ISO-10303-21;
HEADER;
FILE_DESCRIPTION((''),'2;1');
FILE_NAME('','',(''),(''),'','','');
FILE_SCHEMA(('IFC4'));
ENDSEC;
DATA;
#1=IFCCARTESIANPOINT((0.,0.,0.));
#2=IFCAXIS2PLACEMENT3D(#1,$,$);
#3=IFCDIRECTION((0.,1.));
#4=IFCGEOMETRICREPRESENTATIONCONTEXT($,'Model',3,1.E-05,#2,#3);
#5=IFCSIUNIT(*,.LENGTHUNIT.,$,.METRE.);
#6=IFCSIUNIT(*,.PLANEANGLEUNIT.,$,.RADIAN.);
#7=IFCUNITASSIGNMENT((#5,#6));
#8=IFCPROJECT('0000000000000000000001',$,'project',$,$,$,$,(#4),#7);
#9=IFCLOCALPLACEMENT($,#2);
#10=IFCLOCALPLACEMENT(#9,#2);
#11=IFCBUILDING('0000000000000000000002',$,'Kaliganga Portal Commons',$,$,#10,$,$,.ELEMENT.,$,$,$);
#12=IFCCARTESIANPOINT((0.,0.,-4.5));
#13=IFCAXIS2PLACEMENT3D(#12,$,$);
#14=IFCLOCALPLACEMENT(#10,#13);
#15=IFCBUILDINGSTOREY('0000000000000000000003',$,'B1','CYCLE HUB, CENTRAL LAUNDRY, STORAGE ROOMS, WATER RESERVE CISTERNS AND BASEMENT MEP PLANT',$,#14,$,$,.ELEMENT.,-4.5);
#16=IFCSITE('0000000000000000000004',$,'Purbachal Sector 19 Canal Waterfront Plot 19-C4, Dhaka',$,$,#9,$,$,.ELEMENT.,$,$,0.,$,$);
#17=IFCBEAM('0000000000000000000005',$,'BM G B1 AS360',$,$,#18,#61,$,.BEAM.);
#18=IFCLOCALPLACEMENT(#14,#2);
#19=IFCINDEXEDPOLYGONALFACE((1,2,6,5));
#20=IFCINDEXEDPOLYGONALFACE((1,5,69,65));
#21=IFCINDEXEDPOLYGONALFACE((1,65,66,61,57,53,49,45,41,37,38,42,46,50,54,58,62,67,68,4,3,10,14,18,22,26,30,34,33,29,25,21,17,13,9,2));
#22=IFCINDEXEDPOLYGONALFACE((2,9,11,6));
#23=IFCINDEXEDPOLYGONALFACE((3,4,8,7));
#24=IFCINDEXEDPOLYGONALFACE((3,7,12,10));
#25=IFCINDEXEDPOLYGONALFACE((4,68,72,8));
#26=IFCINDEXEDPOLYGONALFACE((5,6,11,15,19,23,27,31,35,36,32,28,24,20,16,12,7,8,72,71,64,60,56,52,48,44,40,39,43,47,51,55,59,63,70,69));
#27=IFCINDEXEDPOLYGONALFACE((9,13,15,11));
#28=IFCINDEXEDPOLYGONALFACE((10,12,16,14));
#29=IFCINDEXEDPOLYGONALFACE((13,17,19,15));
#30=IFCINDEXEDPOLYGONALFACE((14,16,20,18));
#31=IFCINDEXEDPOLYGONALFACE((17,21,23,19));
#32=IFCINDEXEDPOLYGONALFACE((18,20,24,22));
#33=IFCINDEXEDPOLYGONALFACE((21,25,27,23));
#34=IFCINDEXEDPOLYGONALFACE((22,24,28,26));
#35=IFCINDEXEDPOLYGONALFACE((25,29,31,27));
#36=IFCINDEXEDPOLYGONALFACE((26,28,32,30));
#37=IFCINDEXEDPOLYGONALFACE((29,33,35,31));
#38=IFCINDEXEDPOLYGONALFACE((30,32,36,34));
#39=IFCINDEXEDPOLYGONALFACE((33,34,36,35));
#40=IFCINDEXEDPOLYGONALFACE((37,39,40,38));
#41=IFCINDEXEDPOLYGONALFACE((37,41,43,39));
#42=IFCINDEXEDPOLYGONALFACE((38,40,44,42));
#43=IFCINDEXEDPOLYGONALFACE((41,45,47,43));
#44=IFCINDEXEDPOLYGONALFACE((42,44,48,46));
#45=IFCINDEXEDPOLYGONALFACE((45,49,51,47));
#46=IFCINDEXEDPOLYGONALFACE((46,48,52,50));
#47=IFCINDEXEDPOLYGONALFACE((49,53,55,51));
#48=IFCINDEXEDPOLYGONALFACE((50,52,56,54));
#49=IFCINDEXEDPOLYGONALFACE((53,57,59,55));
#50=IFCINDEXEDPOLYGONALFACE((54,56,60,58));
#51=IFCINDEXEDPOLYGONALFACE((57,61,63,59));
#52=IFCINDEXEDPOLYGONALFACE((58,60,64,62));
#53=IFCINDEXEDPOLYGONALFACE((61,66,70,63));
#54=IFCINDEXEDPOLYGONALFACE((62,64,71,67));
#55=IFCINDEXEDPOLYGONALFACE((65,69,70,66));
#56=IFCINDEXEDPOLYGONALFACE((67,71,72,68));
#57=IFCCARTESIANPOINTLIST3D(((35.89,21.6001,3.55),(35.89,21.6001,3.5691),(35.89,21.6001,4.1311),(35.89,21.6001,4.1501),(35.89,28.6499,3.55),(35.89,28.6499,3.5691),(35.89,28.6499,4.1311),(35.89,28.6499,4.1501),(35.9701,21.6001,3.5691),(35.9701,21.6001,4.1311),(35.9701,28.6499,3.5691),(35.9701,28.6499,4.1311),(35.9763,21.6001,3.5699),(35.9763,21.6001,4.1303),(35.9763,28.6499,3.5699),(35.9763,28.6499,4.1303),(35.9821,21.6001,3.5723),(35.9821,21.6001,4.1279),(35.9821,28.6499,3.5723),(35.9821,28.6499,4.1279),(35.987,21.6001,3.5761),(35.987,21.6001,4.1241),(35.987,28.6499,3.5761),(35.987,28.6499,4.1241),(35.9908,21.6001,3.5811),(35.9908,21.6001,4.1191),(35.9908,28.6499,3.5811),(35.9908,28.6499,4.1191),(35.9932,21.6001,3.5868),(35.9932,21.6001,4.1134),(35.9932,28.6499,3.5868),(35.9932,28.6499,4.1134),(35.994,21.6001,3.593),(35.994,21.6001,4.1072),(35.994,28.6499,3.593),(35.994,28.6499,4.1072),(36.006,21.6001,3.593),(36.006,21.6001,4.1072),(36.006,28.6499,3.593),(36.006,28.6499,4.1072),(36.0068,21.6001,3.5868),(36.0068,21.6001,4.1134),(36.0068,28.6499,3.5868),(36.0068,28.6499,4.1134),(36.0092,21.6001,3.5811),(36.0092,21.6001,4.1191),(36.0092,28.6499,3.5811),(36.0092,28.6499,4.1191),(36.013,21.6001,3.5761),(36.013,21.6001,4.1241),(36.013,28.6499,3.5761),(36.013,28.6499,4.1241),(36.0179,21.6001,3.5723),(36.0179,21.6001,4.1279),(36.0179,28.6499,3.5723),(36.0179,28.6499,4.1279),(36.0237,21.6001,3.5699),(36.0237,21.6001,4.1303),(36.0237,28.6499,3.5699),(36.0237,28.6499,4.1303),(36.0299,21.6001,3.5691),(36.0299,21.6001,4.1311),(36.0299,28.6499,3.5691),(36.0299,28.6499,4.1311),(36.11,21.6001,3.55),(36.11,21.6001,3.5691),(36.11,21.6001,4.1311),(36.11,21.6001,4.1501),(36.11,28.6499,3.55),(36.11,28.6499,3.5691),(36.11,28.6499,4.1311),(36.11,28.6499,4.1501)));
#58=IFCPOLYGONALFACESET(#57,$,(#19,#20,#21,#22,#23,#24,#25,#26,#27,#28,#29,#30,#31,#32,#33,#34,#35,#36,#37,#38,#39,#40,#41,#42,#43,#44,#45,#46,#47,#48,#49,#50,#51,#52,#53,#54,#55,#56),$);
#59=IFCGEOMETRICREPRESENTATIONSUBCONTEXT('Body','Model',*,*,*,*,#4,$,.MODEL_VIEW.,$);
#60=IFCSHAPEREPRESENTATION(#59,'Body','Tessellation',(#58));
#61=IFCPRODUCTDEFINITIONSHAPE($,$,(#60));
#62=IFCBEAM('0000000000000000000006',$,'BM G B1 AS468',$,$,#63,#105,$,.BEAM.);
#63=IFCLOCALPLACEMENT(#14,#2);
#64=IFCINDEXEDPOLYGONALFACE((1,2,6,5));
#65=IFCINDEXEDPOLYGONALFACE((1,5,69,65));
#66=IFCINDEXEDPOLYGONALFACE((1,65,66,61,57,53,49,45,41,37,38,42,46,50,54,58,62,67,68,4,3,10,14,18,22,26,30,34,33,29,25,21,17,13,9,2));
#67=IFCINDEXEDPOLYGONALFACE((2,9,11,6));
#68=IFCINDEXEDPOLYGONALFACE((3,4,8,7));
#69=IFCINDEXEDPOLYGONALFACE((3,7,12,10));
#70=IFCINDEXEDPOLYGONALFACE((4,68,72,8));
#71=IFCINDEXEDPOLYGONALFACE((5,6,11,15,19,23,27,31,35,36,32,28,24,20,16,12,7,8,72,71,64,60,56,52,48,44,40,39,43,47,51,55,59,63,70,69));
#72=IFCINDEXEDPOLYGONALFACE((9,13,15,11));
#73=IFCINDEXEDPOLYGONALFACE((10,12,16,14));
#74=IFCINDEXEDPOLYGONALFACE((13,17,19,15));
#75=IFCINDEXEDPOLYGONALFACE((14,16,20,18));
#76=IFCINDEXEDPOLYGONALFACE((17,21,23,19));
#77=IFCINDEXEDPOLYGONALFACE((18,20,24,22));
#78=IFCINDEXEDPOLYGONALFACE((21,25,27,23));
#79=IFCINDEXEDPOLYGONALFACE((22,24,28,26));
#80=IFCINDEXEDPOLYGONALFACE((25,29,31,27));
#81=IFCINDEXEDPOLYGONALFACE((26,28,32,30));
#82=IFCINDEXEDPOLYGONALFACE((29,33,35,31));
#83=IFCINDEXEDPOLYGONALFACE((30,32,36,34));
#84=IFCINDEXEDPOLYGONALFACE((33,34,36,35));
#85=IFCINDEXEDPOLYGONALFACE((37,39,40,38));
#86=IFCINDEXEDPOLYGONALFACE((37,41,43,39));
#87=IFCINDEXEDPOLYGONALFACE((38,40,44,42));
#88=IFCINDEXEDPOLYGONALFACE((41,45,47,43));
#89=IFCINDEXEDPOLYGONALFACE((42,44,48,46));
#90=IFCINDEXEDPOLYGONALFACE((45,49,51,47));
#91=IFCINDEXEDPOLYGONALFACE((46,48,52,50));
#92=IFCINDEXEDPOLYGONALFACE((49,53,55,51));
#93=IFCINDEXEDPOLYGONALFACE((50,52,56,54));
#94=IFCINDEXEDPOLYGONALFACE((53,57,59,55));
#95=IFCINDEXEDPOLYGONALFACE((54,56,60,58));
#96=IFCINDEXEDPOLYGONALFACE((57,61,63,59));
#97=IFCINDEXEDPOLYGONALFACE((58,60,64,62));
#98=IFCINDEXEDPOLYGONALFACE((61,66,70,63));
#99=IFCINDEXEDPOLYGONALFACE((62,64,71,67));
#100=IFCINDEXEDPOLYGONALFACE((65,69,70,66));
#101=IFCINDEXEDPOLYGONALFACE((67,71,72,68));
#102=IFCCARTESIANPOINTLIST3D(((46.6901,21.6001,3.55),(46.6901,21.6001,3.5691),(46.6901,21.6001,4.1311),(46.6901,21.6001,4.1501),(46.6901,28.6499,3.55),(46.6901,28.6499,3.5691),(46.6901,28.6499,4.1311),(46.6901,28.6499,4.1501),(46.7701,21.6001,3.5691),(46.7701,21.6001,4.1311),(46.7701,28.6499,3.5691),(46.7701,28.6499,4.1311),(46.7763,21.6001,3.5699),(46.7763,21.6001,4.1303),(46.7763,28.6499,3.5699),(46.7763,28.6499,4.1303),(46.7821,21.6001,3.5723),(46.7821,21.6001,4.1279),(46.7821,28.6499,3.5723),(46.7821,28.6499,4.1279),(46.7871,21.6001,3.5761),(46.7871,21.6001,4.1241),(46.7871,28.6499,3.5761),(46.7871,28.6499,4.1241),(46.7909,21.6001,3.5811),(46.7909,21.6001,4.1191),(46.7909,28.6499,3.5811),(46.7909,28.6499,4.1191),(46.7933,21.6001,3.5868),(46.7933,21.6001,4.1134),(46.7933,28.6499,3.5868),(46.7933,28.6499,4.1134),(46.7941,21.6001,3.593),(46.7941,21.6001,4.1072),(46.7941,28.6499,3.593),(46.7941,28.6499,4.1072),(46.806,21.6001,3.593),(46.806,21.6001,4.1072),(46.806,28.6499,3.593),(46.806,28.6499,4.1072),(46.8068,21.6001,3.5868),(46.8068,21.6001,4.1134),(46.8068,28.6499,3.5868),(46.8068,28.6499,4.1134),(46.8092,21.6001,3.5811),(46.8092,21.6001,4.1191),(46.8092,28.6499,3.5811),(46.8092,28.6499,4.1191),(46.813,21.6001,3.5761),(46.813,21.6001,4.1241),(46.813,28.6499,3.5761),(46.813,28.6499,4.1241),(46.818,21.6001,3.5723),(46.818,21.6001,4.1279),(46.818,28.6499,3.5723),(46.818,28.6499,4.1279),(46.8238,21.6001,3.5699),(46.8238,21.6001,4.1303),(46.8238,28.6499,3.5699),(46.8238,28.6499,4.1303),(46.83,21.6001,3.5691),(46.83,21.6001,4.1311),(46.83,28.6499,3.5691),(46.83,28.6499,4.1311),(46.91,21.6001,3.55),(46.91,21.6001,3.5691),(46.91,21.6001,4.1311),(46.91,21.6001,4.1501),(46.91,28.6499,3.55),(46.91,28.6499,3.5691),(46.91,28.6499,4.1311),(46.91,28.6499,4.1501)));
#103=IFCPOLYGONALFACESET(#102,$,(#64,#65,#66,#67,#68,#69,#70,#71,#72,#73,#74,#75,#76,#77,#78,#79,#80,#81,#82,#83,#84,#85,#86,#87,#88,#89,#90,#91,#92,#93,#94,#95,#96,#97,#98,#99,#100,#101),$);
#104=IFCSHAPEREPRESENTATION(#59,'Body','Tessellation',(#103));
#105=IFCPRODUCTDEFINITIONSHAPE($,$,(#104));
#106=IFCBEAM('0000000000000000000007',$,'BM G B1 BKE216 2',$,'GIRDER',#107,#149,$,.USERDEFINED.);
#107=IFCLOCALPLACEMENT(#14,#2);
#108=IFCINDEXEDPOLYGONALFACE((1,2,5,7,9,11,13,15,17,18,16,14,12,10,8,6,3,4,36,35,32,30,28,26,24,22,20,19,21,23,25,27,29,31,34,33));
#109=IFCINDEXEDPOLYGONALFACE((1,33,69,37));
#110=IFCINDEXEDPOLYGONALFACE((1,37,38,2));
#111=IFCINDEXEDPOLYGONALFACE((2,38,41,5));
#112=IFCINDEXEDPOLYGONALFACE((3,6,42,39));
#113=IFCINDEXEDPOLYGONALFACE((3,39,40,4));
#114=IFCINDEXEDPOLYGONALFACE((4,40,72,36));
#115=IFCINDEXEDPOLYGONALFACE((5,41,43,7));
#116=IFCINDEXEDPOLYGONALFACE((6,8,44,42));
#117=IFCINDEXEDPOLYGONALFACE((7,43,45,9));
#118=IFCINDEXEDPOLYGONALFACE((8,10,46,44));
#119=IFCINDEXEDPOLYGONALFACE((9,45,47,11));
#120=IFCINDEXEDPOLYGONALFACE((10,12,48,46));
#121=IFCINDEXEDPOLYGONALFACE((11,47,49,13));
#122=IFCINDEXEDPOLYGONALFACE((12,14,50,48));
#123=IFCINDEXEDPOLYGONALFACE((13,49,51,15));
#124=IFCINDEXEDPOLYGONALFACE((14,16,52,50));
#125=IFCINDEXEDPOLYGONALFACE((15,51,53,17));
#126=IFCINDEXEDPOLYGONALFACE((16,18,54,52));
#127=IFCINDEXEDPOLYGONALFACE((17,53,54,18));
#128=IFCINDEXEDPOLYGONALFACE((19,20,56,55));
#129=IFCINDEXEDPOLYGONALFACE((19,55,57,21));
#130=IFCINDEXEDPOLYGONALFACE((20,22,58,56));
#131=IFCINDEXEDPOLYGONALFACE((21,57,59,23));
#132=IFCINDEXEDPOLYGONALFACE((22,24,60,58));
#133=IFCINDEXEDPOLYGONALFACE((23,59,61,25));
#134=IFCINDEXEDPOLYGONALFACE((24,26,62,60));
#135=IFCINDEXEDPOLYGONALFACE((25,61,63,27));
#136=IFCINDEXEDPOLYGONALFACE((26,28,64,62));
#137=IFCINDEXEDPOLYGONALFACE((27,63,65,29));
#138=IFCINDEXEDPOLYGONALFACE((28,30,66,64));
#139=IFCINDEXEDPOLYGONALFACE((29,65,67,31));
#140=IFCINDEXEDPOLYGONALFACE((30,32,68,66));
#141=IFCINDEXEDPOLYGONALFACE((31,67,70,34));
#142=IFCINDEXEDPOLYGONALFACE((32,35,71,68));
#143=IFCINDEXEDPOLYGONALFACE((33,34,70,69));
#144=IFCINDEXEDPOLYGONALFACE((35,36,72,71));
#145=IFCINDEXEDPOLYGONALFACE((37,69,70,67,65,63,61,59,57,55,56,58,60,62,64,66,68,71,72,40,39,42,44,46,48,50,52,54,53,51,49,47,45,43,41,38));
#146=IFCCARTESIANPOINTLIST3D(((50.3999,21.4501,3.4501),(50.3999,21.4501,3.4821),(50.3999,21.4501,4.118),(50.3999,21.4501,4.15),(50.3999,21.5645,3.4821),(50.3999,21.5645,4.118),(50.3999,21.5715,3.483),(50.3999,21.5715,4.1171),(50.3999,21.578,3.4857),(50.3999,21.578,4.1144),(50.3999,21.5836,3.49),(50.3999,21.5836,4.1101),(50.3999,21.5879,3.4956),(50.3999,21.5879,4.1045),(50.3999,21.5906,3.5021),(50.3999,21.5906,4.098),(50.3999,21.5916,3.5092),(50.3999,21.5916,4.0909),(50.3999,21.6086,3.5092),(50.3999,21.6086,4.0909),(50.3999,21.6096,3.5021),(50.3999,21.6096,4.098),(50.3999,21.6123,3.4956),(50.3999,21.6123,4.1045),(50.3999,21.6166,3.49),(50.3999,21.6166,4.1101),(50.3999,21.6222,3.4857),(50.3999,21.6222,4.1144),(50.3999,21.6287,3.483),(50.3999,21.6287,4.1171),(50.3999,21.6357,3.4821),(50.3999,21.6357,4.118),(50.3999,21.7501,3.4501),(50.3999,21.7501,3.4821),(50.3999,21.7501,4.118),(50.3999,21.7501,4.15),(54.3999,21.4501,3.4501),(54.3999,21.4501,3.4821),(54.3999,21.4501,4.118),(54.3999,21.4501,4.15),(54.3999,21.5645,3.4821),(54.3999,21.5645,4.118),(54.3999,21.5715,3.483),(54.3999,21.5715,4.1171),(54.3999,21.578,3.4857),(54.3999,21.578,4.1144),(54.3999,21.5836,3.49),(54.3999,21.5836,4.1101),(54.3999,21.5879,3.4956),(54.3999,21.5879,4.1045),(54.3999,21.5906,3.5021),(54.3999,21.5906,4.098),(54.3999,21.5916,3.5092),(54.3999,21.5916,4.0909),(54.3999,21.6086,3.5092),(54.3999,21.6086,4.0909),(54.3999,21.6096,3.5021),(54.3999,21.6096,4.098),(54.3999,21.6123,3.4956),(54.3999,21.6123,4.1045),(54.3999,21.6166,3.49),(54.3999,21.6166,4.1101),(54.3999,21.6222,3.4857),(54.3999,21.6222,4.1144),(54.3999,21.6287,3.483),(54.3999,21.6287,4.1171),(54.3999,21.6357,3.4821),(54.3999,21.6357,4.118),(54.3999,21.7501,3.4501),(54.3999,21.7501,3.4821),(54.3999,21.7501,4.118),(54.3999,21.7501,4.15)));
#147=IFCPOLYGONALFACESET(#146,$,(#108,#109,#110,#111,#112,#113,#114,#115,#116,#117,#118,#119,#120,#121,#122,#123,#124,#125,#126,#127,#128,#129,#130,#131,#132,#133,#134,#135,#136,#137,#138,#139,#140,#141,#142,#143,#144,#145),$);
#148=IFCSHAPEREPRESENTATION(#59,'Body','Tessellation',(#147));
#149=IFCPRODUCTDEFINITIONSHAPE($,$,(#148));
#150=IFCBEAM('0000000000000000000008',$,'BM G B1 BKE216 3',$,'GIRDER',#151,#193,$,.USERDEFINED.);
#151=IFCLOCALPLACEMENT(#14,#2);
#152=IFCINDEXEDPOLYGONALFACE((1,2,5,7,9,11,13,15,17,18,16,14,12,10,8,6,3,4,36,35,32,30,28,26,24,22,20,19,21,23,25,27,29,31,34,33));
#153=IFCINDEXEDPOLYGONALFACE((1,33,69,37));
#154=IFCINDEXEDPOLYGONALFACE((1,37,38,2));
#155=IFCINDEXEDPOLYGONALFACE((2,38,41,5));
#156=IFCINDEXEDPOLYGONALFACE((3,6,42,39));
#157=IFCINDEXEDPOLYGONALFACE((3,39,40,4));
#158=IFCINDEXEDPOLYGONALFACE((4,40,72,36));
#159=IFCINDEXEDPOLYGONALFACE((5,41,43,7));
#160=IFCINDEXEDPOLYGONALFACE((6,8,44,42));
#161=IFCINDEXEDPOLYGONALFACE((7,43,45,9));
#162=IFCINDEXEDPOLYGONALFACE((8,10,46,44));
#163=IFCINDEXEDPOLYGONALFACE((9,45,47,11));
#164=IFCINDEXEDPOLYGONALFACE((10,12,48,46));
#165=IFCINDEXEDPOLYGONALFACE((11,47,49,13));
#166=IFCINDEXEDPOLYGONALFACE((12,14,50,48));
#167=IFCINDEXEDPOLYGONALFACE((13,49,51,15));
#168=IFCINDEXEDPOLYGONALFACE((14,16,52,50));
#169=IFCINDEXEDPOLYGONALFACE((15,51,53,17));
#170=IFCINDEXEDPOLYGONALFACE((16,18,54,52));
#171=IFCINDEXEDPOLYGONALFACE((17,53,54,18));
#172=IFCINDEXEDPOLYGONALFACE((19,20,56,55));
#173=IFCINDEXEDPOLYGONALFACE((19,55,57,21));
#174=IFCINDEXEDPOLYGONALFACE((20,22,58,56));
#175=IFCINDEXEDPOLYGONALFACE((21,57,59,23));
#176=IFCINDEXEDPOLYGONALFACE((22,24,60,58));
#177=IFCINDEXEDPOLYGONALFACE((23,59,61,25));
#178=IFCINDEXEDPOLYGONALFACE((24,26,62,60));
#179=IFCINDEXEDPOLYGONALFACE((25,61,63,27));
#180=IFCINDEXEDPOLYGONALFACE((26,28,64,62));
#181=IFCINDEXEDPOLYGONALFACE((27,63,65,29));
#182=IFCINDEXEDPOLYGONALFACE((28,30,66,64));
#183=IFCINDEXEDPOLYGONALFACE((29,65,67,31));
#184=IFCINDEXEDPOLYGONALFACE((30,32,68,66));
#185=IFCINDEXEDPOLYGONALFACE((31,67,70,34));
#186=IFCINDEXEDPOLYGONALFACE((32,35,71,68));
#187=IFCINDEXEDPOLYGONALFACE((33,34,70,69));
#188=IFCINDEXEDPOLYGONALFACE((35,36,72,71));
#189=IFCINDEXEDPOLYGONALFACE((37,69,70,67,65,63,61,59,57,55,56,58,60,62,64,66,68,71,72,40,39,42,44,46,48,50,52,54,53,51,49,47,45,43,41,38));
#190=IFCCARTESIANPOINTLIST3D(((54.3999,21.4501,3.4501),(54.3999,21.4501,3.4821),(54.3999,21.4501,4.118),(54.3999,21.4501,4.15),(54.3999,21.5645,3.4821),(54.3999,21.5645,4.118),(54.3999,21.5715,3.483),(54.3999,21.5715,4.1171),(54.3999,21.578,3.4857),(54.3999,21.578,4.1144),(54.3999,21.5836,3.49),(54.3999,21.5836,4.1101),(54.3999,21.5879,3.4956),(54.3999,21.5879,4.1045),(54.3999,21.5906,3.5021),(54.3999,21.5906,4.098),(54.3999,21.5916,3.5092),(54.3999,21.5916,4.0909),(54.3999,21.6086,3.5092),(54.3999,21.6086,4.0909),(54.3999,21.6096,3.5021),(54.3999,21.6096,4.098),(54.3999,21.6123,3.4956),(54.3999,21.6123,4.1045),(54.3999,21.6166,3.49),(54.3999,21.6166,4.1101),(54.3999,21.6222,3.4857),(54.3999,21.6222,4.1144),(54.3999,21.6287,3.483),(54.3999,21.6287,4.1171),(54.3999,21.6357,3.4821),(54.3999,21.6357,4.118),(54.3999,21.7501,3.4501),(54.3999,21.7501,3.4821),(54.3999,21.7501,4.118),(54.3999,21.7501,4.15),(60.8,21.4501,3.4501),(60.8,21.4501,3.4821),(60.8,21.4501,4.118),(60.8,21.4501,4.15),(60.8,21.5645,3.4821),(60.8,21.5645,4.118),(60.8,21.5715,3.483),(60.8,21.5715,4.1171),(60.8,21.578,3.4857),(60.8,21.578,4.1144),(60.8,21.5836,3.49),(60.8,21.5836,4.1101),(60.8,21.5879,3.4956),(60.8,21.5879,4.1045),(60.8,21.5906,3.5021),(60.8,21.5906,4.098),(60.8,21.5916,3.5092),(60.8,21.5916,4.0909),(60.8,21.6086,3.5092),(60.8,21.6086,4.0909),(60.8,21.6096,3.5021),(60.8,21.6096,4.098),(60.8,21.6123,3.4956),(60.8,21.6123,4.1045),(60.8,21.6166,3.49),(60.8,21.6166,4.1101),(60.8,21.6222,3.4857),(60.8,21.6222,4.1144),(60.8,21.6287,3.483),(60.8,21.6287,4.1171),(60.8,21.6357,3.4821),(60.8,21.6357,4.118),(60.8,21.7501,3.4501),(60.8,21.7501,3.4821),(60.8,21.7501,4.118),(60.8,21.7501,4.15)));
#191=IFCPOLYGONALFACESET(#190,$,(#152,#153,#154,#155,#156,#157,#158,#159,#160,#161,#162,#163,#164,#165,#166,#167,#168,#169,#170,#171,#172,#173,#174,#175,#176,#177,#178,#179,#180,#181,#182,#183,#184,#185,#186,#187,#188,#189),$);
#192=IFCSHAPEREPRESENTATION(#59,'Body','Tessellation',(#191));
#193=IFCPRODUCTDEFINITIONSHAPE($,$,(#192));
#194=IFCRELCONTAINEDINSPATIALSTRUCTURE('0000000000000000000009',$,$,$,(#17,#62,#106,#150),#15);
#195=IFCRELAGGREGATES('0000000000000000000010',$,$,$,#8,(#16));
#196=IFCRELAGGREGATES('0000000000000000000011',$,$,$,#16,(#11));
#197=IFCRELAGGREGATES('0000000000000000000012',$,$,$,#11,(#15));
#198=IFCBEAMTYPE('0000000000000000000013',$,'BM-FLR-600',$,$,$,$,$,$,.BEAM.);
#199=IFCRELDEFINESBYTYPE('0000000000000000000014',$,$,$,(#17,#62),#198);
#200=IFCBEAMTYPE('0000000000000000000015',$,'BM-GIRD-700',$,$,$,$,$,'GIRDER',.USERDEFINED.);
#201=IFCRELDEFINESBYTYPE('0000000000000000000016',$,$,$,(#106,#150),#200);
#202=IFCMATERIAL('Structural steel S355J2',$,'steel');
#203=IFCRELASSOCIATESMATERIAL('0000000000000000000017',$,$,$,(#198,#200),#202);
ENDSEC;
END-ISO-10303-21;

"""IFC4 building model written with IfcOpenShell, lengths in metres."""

from ifc_helpers import new_model, si_unit, direction, frame, origin, origin_2d, place, context, subcontext, project, spatial, i_section, extrude, source, transform, mapped, material, material_profile, profile_set, type_object, element, save


model = new_model("IFC4")

# Units and contexts
model_context = context("Model", 3, precision=1e-05, world=origin(), true_north=direction((0.0, 1.0)))
body_context = subcontext(model_context, "Body", "Model", "MODEL_VIEW")
ifc_project = project(units=[si_unit("LENGTHUNIT", "METRE"), si_unit("PLANEANGLEUNIT", "RADIAN")], contexts=[model_context])

# Site, building, storey
site_placement = place(None, origin())
site = spatial("IfcSite", under=ifc_project, at=site_placement, Name="Purbachal Sector 19 Canal Waterfront Plot 19-C4, Dhaka", CompositionType="ELEMENT", RefElevation=0.0)
building_placement = place(site_placement, origin())
building = spatial("IfcBuilding", under=site, at=building_placement, Name="Kaliganga Portal Commons", CompositionType="ELEMENT")
storey_placement = place(building_placement, frame((0.0, 0.0, -4.5)))
storey = spatial("IfcBuildingStorey", under=building, at=storey_placement, Name="B1", Description="CYCLE HUB, CENTRAL LAUNDRY, STORAGE ROOMS, WATER RESERVE CISTERNS AND BASEMENT MEP PLANT", CompositionType="ELEMENT", Elevation=-4.5)

# Beams
ifc_material_1 = material(Name="Structural steel S355J2", Category="steel")
ifc_material_profile_1 = material_profile(ifc_material_1, i_section(OverallWidth=0.22, OverallDepth=0.6001, WebThickness=0.012, FlangeThickness=0.019, FilletRadius=0.0239, at=origin_2d()), Name="IPE 600")
ifc_profile_set_1 = profile_set([ifc_material_profile_1], Name="Structural steel S355J2 wide-flange")
beam_type_1 = type_object("IfcBeamType", Name="BM-FLR-600", PredefinedType="BEAM", material=ifc_profile_set_1)
shared_shape_1 = source(origin(), body_context, "Body", "SweptSolid", [
    extrude(i_section(OverallWidth=0.22, OverallDepth=0.6001, WebThickness=0.012, FlangeThickness=0.019, FilletRadius=0.0239, at=origin_2d()), origin(), (0.0, 0.0, 1.0), 7.0498),
])
for number, where, z_axis, x_axis, name in (
    (1, (36.0, 21.6001, 3.8501), (0.0, 1.0, 0.0), (-1.0, 0.0, 0.0), "BM G B1 AS360"),
    (2, (46.8, 21.6001, 3.8501), (0.0, 1.0, 0.0), (-1.0, 0.0, 0.0), "BM G B1 AS468"),
):
    element("IfcBeam", number, at=place(storey_placement, frame(where, z_axis=z_axis, x_axis=x_axis)), inside=storey, type_object=beam_type_1, Name=name, PredefinedType="BEAM", context=body_context, shape_type="MappedRepresentation", body=[
        mapped(shared_shape_1, transform((0.0, 0.0, 0.0), x_axis=(1.0, 0.0, 0.0), y_axis=(0.0, 1.0, 0.0), z_axis=(0.0, 0.0, 1.0), scale=1.0)),
    ])
ifc_material_profile_2 = material_profile(ifc_material_1, i_section(OverallWidth=0.3, OverallDepth=0.7, WebThickness=0.0171, FlangeThickness=0.032, FilletRadius=0.0271, at=origin_2d()), Name="HE 700 B")
ifc_profile_set_2 = profile_set([ifc_material_profile_2], Name="Structural steel S355J2 wide-flange")
beam_type_2 = type_object("IfcBeamType", Name="BM-GIRD-700", ElementType="GIRDER", PredefinedType="USERDEFINED", material=ifc_profile_set_2)
shared_shape_2 = source(origin(), body_context, "Body", "SweptSolid", [
    extrude(i_section(OverallWidth=0.3, OverallDepth=0.7, WebThickness=0.0171, FlangeThickness=0.032, FilletRadius=0.0271, at=origin_2d()), origin(), (0.0, 0.0, 1.0), 4.0),
])
beam_1_placement = place(storey_placement, frame((50.3999, 21.6001, 3.8), z_axis=(1.0, 0.0, 0.0), x_axis=(0.0, 1.0, 0.0)))
element("IfcBeam", 3, at=beam_1_placement, inside=storey, type_object=beam_type_2, Name="BM G B1 BKE216 2", ObjectType="GIRDER", PredefinedType="USERDEFINED", context=body_context, shape_type="MappedRepresentation", body=[
    mapped(shared_shape_2, transform((0.0, 0.0, 0.0), x_axis=(1.0, 0.0, 0.0), y_axis=(0.0, 1.0, 0.0), z_axis=(0.0, 0.0, 1.0), scale=1.0)),
])
shared_shape_3 = source(origin(), body_context, "Body", "SweptSolid", [
    extrude(i_section(OverallWidth=0.3, OverallDepth=0.7, WebThickness=0.0171, FlangeThickness=0.032, FilletRadius=0.0271, at=origin_2d()), origin(), (0.0, 0.0, 1.0), 6.4001),
])
beam_2_placement = place(storey_placement, frame((54.3999, 21.6001, 3.8), z_axis=(1.0, 0.0, 0.0), x_axis=(0.0, 1.0, 0.0)))
element("IfcBeam", 4, at=beam_2_placement, inside=storey, type_object=beam_type_2, Name="BM G B1 BKE216 3", ObjectType="GIRDER", PredefinedType="USERDEFINED", context=body_context, shape_type="MappedRepresentation", body=[
    mapped(shared_shape_3, transform((0.0, 0.0, 0.0), x_axis=(1.0, 0.0, 0.0), y_axis=(0.0, 1.0, 0.0), z_axis=(0.0, 0.0, 1.0), scale=1.0)),
])

save(model, "model.ifc")
